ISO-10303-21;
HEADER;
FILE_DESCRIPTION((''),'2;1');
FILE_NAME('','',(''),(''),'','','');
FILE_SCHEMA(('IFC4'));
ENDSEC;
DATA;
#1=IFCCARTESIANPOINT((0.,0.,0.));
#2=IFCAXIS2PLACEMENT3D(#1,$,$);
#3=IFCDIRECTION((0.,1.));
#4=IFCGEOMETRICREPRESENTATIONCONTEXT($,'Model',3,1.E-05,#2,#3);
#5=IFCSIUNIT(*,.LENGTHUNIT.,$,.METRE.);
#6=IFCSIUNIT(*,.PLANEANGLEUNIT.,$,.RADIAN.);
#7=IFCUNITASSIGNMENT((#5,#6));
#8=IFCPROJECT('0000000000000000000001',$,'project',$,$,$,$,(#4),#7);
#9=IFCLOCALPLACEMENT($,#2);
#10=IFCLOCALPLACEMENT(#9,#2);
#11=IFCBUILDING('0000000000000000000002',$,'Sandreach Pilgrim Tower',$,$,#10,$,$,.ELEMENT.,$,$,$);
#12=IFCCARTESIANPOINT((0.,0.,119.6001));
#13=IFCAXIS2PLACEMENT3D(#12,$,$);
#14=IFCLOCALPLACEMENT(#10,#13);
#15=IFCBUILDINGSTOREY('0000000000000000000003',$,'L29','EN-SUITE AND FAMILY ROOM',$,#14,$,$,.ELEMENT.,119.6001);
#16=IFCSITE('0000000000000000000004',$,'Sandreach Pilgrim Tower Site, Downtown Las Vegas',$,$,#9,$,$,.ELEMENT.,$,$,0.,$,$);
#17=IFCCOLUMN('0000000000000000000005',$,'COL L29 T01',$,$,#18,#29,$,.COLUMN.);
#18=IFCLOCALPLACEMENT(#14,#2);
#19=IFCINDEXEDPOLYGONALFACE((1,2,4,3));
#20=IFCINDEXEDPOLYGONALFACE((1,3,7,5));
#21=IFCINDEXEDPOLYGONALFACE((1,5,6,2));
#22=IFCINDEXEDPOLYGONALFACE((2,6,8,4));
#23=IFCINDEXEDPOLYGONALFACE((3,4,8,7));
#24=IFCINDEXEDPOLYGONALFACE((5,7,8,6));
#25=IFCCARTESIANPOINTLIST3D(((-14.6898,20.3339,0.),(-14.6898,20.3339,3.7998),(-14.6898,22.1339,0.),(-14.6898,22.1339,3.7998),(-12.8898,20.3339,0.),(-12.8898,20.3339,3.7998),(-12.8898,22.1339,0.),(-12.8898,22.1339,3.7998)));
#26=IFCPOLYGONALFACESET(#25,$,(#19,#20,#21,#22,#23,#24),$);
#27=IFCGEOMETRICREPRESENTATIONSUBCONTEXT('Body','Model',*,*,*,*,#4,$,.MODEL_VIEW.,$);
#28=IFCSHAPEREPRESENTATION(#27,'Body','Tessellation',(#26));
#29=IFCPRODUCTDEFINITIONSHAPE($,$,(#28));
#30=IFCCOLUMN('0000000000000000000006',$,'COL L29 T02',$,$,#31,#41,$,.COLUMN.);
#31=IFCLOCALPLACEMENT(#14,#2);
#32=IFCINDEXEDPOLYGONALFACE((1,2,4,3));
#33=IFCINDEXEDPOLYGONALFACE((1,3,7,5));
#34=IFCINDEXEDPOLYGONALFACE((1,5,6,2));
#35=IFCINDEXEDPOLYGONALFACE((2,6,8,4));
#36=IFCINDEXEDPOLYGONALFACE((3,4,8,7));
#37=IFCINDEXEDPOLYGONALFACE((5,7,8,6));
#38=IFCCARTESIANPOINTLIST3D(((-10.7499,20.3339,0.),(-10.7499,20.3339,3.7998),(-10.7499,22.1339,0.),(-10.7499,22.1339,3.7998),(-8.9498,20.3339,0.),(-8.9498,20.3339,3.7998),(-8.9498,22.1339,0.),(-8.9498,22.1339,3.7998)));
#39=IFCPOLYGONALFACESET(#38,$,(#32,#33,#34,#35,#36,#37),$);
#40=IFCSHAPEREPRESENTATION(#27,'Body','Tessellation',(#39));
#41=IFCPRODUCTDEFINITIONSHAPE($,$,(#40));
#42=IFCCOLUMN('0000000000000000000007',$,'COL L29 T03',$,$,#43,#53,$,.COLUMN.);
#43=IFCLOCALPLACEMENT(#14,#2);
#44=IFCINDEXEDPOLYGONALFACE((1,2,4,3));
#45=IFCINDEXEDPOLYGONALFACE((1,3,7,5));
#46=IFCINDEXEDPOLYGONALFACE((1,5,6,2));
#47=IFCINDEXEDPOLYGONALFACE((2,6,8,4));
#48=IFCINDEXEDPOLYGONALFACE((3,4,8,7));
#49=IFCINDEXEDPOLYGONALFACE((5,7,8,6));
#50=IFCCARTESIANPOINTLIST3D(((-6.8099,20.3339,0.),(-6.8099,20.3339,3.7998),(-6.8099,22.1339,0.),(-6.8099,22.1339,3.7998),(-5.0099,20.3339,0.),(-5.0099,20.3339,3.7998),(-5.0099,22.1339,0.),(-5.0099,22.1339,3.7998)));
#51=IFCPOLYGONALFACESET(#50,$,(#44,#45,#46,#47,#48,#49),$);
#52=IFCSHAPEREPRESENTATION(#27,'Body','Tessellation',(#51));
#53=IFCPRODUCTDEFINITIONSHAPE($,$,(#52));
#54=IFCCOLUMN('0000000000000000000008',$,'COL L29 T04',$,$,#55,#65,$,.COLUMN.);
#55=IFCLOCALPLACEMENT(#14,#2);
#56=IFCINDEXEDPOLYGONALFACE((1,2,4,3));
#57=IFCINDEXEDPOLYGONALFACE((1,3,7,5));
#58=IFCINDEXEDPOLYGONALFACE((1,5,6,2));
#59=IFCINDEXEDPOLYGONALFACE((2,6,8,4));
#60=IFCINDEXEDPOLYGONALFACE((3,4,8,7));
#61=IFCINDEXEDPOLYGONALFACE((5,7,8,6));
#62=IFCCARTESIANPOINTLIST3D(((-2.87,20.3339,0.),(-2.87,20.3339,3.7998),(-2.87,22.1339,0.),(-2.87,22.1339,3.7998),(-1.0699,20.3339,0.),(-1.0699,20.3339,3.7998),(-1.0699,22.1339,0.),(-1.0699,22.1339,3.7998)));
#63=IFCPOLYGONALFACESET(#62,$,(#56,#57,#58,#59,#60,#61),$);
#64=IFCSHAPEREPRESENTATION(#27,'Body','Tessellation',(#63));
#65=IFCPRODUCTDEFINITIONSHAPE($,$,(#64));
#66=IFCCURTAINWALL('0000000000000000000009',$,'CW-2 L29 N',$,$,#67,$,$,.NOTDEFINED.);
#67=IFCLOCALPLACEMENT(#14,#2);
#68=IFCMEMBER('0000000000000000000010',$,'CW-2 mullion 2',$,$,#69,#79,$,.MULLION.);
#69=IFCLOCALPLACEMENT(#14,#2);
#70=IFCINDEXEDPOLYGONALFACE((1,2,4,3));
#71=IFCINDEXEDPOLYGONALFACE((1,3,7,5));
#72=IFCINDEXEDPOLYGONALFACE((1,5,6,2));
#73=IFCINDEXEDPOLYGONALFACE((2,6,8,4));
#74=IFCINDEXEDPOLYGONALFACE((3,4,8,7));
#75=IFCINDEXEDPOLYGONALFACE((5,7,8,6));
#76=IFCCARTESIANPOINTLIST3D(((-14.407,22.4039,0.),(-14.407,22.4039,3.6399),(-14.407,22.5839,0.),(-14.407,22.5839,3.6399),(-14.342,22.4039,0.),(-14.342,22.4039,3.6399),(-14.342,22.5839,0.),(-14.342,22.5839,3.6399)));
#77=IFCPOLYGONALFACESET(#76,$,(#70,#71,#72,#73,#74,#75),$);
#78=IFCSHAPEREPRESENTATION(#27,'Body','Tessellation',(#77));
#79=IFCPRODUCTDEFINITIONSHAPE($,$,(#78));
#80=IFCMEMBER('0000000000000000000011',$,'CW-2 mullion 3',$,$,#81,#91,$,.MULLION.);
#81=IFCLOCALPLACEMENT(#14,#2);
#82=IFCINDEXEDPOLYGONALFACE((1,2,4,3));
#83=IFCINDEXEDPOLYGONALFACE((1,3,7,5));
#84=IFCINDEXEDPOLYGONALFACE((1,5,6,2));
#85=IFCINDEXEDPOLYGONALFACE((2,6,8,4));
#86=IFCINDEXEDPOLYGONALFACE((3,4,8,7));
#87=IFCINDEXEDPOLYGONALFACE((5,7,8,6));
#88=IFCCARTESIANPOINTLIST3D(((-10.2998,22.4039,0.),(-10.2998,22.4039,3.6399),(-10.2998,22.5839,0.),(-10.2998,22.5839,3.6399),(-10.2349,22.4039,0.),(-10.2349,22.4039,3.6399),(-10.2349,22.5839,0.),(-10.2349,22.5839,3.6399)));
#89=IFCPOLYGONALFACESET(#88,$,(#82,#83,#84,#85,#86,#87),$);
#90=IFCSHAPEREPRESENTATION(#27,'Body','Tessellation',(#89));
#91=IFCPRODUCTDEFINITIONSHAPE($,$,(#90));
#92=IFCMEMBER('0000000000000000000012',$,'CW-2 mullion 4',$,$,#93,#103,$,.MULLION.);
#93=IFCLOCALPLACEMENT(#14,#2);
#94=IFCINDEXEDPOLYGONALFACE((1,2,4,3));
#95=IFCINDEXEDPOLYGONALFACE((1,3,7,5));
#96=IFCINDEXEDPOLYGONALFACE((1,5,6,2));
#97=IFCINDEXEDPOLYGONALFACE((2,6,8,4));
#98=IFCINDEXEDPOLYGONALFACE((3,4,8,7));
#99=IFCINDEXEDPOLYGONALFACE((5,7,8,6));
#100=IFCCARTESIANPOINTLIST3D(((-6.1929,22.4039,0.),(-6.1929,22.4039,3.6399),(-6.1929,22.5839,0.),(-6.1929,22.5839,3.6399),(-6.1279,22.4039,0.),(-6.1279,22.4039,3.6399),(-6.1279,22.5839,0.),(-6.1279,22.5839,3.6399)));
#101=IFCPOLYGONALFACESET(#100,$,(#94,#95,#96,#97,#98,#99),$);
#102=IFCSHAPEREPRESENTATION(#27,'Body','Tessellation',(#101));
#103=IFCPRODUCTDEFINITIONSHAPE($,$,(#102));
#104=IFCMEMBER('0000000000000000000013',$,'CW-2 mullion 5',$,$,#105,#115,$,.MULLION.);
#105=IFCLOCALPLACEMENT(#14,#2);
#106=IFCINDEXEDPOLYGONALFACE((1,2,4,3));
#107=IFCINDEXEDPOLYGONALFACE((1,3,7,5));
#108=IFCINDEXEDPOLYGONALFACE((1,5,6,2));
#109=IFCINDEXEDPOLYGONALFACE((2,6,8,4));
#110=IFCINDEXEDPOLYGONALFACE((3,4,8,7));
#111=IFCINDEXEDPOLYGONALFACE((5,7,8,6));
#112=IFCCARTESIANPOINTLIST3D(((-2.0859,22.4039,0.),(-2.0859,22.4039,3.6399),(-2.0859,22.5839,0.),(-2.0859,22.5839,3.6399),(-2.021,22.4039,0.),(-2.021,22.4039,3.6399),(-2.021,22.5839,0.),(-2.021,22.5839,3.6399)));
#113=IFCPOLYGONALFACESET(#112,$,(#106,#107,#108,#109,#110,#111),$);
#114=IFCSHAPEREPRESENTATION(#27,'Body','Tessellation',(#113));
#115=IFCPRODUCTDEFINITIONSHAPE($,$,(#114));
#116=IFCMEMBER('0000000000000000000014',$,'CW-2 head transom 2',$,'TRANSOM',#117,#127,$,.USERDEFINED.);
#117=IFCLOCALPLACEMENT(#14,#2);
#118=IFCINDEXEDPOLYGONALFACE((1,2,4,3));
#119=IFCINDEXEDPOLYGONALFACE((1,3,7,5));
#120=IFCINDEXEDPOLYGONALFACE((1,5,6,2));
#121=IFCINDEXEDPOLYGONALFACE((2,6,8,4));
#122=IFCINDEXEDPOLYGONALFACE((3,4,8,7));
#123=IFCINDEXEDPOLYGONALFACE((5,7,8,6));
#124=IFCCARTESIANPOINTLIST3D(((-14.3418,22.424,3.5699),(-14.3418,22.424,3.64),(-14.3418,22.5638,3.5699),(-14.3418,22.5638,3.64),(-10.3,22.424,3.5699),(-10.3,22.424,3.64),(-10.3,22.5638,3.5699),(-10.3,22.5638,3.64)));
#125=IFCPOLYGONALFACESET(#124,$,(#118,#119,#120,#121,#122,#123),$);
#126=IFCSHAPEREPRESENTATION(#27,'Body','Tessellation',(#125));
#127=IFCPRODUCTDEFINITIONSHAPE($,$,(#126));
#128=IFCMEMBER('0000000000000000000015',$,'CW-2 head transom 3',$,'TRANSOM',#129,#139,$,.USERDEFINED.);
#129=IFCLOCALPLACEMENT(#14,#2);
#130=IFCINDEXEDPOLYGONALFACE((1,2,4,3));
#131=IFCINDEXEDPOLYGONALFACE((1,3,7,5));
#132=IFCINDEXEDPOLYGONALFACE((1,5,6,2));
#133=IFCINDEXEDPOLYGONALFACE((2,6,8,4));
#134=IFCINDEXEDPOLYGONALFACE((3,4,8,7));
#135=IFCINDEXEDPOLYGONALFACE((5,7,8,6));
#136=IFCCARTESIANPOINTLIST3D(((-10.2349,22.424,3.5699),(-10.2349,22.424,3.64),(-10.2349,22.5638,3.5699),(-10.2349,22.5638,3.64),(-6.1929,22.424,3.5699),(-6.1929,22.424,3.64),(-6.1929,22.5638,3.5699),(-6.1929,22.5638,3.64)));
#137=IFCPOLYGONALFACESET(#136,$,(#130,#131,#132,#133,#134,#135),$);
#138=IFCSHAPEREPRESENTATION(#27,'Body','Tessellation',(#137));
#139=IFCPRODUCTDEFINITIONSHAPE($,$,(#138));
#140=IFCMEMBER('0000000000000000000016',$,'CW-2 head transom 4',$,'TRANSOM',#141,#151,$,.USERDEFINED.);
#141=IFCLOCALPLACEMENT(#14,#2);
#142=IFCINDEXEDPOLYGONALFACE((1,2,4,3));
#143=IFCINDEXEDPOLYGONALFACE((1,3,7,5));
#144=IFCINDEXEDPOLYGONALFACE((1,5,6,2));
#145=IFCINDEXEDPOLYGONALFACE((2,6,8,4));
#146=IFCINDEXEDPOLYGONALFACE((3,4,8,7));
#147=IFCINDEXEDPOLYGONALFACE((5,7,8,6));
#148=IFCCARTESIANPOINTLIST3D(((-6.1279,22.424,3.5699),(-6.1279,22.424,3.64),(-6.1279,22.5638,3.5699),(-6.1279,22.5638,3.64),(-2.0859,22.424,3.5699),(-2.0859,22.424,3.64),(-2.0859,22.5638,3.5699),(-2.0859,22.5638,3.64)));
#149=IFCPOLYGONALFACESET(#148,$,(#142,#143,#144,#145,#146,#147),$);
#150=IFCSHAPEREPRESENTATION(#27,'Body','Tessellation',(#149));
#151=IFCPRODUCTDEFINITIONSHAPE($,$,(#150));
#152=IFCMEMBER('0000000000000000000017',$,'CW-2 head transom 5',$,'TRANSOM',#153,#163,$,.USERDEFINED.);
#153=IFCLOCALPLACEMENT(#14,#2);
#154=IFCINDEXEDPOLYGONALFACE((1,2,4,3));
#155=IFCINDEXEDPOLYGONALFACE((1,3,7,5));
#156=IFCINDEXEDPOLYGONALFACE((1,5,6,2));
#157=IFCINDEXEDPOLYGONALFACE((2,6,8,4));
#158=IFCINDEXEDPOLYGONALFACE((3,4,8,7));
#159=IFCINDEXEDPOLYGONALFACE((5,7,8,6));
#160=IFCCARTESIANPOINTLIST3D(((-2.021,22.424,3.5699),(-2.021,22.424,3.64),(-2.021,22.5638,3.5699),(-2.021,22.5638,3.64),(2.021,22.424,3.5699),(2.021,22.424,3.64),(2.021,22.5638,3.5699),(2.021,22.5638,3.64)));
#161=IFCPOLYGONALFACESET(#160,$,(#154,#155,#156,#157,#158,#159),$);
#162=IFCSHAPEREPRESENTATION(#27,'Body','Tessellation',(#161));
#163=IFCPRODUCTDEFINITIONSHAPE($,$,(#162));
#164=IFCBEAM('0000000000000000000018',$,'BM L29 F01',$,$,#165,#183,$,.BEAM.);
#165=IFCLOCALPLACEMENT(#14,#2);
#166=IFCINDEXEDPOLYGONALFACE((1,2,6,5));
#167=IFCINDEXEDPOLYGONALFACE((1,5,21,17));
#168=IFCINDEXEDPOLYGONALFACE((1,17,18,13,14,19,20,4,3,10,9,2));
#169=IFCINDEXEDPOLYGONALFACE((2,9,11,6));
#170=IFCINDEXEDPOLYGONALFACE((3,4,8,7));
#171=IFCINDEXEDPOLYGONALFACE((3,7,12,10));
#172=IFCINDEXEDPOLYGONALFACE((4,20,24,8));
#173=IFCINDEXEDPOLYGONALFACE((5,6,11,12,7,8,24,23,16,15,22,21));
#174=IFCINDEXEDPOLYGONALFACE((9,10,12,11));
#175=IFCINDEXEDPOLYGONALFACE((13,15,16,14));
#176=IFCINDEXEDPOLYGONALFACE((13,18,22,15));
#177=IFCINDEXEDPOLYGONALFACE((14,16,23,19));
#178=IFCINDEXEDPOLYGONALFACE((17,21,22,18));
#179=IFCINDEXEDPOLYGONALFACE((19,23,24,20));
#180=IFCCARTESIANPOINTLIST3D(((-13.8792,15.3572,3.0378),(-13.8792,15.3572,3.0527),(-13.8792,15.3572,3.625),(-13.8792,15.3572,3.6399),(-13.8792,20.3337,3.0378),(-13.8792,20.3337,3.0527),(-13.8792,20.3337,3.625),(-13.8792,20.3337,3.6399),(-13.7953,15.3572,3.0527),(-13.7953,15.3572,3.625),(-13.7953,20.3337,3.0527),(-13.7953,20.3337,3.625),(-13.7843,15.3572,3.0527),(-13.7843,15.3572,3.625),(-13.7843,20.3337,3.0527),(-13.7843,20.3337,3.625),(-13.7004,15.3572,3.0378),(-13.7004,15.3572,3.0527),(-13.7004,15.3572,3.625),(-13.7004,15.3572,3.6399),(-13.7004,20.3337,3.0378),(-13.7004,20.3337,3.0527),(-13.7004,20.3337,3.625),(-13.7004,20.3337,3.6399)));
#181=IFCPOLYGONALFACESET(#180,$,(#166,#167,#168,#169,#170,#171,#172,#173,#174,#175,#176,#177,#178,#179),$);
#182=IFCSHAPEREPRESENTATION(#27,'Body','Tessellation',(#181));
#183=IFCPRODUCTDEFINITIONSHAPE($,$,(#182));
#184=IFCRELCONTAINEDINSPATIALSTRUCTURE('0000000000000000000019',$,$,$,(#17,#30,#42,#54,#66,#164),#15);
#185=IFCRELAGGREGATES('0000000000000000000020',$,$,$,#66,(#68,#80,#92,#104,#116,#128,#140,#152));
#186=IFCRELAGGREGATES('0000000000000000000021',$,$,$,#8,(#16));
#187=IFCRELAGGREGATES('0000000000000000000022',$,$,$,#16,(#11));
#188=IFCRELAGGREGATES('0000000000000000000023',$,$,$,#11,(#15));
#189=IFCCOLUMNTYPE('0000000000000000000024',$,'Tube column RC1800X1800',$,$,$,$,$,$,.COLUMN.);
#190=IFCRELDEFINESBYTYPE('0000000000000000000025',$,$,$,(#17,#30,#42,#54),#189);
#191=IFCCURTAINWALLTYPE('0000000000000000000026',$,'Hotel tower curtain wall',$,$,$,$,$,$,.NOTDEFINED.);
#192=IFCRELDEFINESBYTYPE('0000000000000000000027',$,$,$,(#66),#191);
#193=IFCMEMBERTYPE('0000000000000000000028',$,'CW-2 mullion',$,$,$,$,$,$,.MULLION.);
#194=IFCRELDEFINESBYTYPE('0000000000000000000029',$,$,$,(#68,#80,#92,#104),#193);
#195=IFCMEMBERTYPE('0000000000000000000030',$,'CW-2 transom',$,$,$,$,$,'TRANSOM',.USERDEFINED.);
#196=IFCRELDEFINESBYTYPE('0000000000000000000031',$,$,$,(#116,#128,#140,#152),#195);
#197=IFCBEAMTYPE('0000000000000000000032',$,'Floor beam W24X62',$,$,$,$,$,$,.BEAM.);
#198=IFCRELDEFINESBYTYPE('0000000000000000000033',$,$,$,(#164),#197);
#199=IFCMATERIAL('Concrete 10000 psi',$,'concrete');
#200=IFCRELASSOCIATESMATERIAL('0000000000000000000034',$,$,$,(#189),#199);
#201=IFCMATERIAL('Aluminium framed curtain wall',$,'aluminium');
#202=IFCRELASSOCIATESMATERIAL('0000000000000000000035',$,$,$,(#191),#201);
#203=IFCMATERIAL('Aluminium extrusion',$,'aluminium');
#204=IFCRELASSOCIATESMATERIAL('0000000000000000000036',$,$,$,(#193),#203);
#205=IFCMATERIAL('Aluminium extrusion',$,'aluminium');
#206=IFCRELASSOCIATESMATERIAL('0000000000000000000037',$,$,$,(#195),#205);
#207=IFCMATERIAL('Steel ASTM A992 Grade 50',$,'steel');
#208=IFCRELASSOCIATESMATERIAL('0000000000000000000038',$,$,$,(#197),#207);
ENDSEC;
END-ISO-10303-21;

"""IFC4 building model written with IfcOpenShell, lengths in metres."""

from ifc_helpers import new_model, si_unit, direction, frame, origin, origin_2d, place, context, subcontext, project, spatial, rectangle, i_section, extrude, material, material_profile, profile_set, type_object, element, aggregate, save


model = new_model("IFC4")

# Units and contexts
model_context = context("Model", 3, precision=1e-05, world=origin(), true_north=direction((0.0, 1.0)))
body_context = subcontext(model_context, "Body", "Model", "MODEL_VIEW")
ifc_project = project(units=[si_unit("LENGTHUNIT", "METRE"), si_unit("PLANEANGLEUNIT", "RADIAN")], contexts=[model_context])

# Site, building, storey
site_placement = place(None, origin())
site = spatial("IfcSite", under=ifc_project, at=site_placement, Name="Sandreach Pilgrim Tower Site, Downtown Las Vegas", CompositionType="ELEMENT", RefElevation=0.0)
building_placement = place(site_placement, origin())
building = spatial("IfcBuilding", under=site, at=building_placement, Name="Sandreach Pilgrim Tower", CompositionType="ELEMENT")
storey_placement = place(building_placement, frame((0.0, 0.0, 119.6001)))
storey = spatial("IfcBuildingStorey", under=building, at=storey_placement, Name="L29", Description="EN-SUITE AND FAMILY ROOM", CompositionType="ELEMENT", Elevation=119.6001)

# Columns
ifc_material_1 = material(Name="Concrete 10000 psi", Category="concrete")
ifc_material_profile_1 = material_profile(ifc_material_1, rectangle(XDim=1.8, YDim=1.8, at=origin_2d()), Name="RC1800X1800")
ifc_profile_set_1 = profile_set([ifc_material_profile_1], Name="Concrete 10000 psi")
column_type = type_object("IfcColumnType", Name="Tube column RC1800X1800", PredefinedType="COLUMN", material=ifc_profile_set_1)
for number, where, z_axis, x_axis, name in (
    (1, (-13.7898, 21.2339, 0.0), (0.0, 0.0, 1.0), (0.0, 1.0, 0.0), "COL L29 T01"),
    (2, (-9.8499, 21.2339, 0.0), (0.0, 0.0, 1.0), (0.0, 1.0, 0.0), "COL L29 T02"),
    (3, (-5.9099, 21.2339, 0.0), (0.0, 0.0, 1.0), (0.0, 1.0, 0.0), "COL L29 T03"),
    (4, (-1.97, 21.2339, 0.0), (0.0, 0.0, 1.0), (0.0, 1.0, 0.0), "COL L29 T04"),
):
    element("IfcColumn", number, at=place(storey_placement, frame(where, z_axis=z_axis, x_axis=x_axis)), inside=storey, type_object=column_type, Name=name, PredefinedType="COLUMN", context=body_context, shape_type="SweptSolid", body=[
        extrude(rectangle(XDim=1.8, YDim=1.8, at=origin_2d()), origin(), (0.0, 0.0, 1.0), 3.7998),
    ])

# Curtain wall, members
ifc_material_2 = material(Name="Aluminium framed curtain wall", Category="aluminium")
curtain_wall_type = type_object("IfcCurtainWallType", Name="Hotel tower curtain wall", PredefinedType="NOTDEFINED", material=ifc_material_2)
curtain_wall_placement = place(storey_placement, origin())
curtain_wall = element("IfcCurtainWall", 5, at=curtain_wall_placement, inside=storey, type_object=curtain_wall_type, Name="CW-2 L29 N", PredefinedType="NOTDEFINED")
ifc_material_3 = material(Name="Aluminium extrusion", Category="aluminium")
ifc_material_profile_2 = material_profile(ifc_material_3, rectangle(XDim=0.0649, YDim=0.1799, at=origin_2d()), Name="CW-2M 65X180")
ifc_profile_set_2 = profile_set([ifc_material_profile_2], Name="Aluminium extrusion")
member_type_1 = type_object("IfcMemberType", Name="CW-2 mullion", PredefinedType="MULLION", material=ifc_profile_set_2)
member_1_placement = place(storey_placement, frame((-14.3745, 22.4939, 0.0), z_axis=(0.0, 0.0, 1.0), x_axis=(1.0, 0.0, 0.0)))
member_1 = element("IfcMember", 6, at=member_1_placement, type_object=member_type_1, Name="CW-2 mullion 2", PredefinedType="MULLION", context=body_context, shape_type="SweptSolid", body=[
    extrude(rectangle(XDim=0.0649, YDim=0.1799, at=origin_2d()), origin(), (0.0, 0.0, 1.0), 3.6399),
])
member_2_placement = place(storey_placement, frame((-10.2673, 22.4939, 0.0), z_axis=(0.0, 0.0, 1.0), x_axis=(1.0, 0.0, 0.0)))
member_2 = element("IfcMember", 7, at=member_2_placement, type_object=member_type_1, Name="CW-2 mullion 3", PredefinedType="MULLION", context=body_context, shape_type="SweptSolid", body=[
    extrude(rectangle(XDim=0.0649, YDim=0.1799, at=origin_2d()), origin(), (0.0, 0.0, 1.0), 3.6399),
])
member_3_placement = place(storey_placement, frame((-6.1604, 22.4939, 0.0), z_axis=(0.0, 0.0, 1.0), x_axis=(1.0, 0.0, 0.0)))
member_3 = element("IfcMember", 8, at=member_3_placement, type_object=member_type_1, Name="CW-2 mullion 4", PredefinedType="MULLION", context=body_context, shape_type="SweptSolid", body=[
    extrude(rectangle(XDim=0.0649, YDim=0.1799, at=origin_2d()), origin(), (0.0, 0.0, 1.0), 3.6399),
])
member_4_placement = place(storey_placement, frame((-2.0535, 22.4939, 0.0), z_axis=(0.0, 0.0, 1.0), x_axis=(1.0, 0.0, 0.0)))
member_4 = element("IfcMember", 9, at=member_4_placement, type_object=member_type_1, Name="CW-2 mullion 5", PredefinedType="MULLION", context=body_context, shape_type="SweptSolid", body=[
    extrude(rectangle(XDim=0.0649, YDim=0.1799, at=origin_2d()), origin(), (0.0, 0.0, 1.0), 3.6399),
])
ifc_material_4 = material(Name="Aluminium extrusion", Category="aluminium")
ifc_material_profile_3 = material_profile(ifc_material_4, rectangle(XDim=0.1399, YDim=0.0701, at=origin_2d()), Name="CW-2T 140X70")
ifc_profile_set_3 = profile_set([ifc_material_profile_3], Name="Aluminium extrusion")
member_type_2 = type_object("IfcMemberType", Name="CW-2 transom", ElementType="TRANSOM", PredefinedType="USERDEFINED", material=ifc_profile_set_3)
member_5_placement = place(storey_placement, frame((-14.3418, 22.4939, 3.605), z_axis=(1.0, 0.0, 0.0), x_axis=(0.0, 1.0, 0.0)))
member_5 = element("IfcMember", 10, at=member_5_placement, type_object=member_type_2, Name="CW-2 head transom 2", ObjectType="TRANSOM", PredefinedType="USERDEFINED", context=body_context, shape_type="SweptSolid", body=[
    extrude(rectangle(XDim=0.1399, YDim=0.0701, at=origin_2d()), origin(), (0.0, 0.0, 1.0), 4.0417),
])
member_6_placement = place(storey_placement, frame((-10.2349, 22.4939, 3.605), z_axis=(1.0, 0.0, 0.0), x_axis=(0.0, 1.0, 0.0)))
member_6 = element("IfcMember", 11, at=member_6_placement, type_object=member_type_2, Name="CW-2 head transom 3", ObjectType="TRANSOM", PredefinedType="USERDEFINED", context=body_context, shape_type="SweptSolid", body=[
    extrude(rectangle(XDim=0.1399, YDim=0.0701, at=origin_2d()), origin(), (0.0, 0.0, 1.0), 4.042),
])
member_7_placement = place(storey_placement, frame((-6.1279, 22.4939, 3.605), z_axis=(1.0, 0.0, 0.0), x_axis=(0.0, 1.0, 0.0)))
member_7 = element("IfcMember", 12, at=member_7_placement, type_object=member_type_2, Name="CW-2 head transom 4", ObjectType="TRANSOM", PredefinedType="USERDEFINED", context=body_context, shape_type="SweptSolid", body=[
    extrude(rectangle(XDim=0.1399, YDim=0.0701, at=origin_2d()), origin(), (0.0, 0.0, 1.0), 4.042),
])
member_8_placement = place(storey_placement, frame((-2.021, 22.4939, 3.605), z_axis=(1.0, 0.0, 0.0), x_axis=(0.0, 1.0, 0.0)))
member_8 = element("IfcMember", 13, at=member_8_placement, type_object=member_type_2, Name="CW-2 head transom 5", ObjectType="TRANSOM", PredefinedType="USERDEFINED", context=body_context, shape_type="SweptSolid", body=[
    extrude(rectangle(XDim=0.1399, YDim=0.0701, at=origin_2d()), origin(), (0.0, 0.0, 1.0), 4.042),
])

# Beam
ifc_material_5 = material(Name="Steel ASTM A992 Grade 50", Category="steel")
ifc_material_profile_4 = material_profile(ifc_material_5, i_section(OverallWidth=0.1787, OverallDepth=0.6021, WebThickness=0.011, FlangeThickness=0.0149, at=origin_2d()), Name="W24X62")
ifc_profile_set_4 = profile_set([ifc_material_profile_4], Name="Steel ASTM A992 Grade 50")
beam_type_1 = type_object("IfcBeamType", Name="Floor beam W24X62", PredefinedType="BEAM", material=ifc_profile_set_4)
beam_1_placement = place(storey_placement, frame((-13.7898, 20.3337, 3.3389), z_axis=(0.0, -1.0, 0.0), x_axis=(1.0, 0.0, 0.0)))
element("IfcBeam", 14, at=beam_1_placement, inside=storey, type_object=beam_type_1, Name="BM L29 F01", PredefinedType="BEAM", context=body_context, shape_type="SweptSolid", body=[
    extrude(i_section(OverallWidth=0.1787, OverallDepth=0.6021, WebThickness=0.011, FlangeThickness=0.0149, at=origin_2d()), origin(), (0.0, 0.0, 1.0), 4.9766),
])

aggregate(curtain_wall, [member_1, member_2, member_3, member_4, member_5, member_6, member_7, member_8])

save(model, "model.ifc")
